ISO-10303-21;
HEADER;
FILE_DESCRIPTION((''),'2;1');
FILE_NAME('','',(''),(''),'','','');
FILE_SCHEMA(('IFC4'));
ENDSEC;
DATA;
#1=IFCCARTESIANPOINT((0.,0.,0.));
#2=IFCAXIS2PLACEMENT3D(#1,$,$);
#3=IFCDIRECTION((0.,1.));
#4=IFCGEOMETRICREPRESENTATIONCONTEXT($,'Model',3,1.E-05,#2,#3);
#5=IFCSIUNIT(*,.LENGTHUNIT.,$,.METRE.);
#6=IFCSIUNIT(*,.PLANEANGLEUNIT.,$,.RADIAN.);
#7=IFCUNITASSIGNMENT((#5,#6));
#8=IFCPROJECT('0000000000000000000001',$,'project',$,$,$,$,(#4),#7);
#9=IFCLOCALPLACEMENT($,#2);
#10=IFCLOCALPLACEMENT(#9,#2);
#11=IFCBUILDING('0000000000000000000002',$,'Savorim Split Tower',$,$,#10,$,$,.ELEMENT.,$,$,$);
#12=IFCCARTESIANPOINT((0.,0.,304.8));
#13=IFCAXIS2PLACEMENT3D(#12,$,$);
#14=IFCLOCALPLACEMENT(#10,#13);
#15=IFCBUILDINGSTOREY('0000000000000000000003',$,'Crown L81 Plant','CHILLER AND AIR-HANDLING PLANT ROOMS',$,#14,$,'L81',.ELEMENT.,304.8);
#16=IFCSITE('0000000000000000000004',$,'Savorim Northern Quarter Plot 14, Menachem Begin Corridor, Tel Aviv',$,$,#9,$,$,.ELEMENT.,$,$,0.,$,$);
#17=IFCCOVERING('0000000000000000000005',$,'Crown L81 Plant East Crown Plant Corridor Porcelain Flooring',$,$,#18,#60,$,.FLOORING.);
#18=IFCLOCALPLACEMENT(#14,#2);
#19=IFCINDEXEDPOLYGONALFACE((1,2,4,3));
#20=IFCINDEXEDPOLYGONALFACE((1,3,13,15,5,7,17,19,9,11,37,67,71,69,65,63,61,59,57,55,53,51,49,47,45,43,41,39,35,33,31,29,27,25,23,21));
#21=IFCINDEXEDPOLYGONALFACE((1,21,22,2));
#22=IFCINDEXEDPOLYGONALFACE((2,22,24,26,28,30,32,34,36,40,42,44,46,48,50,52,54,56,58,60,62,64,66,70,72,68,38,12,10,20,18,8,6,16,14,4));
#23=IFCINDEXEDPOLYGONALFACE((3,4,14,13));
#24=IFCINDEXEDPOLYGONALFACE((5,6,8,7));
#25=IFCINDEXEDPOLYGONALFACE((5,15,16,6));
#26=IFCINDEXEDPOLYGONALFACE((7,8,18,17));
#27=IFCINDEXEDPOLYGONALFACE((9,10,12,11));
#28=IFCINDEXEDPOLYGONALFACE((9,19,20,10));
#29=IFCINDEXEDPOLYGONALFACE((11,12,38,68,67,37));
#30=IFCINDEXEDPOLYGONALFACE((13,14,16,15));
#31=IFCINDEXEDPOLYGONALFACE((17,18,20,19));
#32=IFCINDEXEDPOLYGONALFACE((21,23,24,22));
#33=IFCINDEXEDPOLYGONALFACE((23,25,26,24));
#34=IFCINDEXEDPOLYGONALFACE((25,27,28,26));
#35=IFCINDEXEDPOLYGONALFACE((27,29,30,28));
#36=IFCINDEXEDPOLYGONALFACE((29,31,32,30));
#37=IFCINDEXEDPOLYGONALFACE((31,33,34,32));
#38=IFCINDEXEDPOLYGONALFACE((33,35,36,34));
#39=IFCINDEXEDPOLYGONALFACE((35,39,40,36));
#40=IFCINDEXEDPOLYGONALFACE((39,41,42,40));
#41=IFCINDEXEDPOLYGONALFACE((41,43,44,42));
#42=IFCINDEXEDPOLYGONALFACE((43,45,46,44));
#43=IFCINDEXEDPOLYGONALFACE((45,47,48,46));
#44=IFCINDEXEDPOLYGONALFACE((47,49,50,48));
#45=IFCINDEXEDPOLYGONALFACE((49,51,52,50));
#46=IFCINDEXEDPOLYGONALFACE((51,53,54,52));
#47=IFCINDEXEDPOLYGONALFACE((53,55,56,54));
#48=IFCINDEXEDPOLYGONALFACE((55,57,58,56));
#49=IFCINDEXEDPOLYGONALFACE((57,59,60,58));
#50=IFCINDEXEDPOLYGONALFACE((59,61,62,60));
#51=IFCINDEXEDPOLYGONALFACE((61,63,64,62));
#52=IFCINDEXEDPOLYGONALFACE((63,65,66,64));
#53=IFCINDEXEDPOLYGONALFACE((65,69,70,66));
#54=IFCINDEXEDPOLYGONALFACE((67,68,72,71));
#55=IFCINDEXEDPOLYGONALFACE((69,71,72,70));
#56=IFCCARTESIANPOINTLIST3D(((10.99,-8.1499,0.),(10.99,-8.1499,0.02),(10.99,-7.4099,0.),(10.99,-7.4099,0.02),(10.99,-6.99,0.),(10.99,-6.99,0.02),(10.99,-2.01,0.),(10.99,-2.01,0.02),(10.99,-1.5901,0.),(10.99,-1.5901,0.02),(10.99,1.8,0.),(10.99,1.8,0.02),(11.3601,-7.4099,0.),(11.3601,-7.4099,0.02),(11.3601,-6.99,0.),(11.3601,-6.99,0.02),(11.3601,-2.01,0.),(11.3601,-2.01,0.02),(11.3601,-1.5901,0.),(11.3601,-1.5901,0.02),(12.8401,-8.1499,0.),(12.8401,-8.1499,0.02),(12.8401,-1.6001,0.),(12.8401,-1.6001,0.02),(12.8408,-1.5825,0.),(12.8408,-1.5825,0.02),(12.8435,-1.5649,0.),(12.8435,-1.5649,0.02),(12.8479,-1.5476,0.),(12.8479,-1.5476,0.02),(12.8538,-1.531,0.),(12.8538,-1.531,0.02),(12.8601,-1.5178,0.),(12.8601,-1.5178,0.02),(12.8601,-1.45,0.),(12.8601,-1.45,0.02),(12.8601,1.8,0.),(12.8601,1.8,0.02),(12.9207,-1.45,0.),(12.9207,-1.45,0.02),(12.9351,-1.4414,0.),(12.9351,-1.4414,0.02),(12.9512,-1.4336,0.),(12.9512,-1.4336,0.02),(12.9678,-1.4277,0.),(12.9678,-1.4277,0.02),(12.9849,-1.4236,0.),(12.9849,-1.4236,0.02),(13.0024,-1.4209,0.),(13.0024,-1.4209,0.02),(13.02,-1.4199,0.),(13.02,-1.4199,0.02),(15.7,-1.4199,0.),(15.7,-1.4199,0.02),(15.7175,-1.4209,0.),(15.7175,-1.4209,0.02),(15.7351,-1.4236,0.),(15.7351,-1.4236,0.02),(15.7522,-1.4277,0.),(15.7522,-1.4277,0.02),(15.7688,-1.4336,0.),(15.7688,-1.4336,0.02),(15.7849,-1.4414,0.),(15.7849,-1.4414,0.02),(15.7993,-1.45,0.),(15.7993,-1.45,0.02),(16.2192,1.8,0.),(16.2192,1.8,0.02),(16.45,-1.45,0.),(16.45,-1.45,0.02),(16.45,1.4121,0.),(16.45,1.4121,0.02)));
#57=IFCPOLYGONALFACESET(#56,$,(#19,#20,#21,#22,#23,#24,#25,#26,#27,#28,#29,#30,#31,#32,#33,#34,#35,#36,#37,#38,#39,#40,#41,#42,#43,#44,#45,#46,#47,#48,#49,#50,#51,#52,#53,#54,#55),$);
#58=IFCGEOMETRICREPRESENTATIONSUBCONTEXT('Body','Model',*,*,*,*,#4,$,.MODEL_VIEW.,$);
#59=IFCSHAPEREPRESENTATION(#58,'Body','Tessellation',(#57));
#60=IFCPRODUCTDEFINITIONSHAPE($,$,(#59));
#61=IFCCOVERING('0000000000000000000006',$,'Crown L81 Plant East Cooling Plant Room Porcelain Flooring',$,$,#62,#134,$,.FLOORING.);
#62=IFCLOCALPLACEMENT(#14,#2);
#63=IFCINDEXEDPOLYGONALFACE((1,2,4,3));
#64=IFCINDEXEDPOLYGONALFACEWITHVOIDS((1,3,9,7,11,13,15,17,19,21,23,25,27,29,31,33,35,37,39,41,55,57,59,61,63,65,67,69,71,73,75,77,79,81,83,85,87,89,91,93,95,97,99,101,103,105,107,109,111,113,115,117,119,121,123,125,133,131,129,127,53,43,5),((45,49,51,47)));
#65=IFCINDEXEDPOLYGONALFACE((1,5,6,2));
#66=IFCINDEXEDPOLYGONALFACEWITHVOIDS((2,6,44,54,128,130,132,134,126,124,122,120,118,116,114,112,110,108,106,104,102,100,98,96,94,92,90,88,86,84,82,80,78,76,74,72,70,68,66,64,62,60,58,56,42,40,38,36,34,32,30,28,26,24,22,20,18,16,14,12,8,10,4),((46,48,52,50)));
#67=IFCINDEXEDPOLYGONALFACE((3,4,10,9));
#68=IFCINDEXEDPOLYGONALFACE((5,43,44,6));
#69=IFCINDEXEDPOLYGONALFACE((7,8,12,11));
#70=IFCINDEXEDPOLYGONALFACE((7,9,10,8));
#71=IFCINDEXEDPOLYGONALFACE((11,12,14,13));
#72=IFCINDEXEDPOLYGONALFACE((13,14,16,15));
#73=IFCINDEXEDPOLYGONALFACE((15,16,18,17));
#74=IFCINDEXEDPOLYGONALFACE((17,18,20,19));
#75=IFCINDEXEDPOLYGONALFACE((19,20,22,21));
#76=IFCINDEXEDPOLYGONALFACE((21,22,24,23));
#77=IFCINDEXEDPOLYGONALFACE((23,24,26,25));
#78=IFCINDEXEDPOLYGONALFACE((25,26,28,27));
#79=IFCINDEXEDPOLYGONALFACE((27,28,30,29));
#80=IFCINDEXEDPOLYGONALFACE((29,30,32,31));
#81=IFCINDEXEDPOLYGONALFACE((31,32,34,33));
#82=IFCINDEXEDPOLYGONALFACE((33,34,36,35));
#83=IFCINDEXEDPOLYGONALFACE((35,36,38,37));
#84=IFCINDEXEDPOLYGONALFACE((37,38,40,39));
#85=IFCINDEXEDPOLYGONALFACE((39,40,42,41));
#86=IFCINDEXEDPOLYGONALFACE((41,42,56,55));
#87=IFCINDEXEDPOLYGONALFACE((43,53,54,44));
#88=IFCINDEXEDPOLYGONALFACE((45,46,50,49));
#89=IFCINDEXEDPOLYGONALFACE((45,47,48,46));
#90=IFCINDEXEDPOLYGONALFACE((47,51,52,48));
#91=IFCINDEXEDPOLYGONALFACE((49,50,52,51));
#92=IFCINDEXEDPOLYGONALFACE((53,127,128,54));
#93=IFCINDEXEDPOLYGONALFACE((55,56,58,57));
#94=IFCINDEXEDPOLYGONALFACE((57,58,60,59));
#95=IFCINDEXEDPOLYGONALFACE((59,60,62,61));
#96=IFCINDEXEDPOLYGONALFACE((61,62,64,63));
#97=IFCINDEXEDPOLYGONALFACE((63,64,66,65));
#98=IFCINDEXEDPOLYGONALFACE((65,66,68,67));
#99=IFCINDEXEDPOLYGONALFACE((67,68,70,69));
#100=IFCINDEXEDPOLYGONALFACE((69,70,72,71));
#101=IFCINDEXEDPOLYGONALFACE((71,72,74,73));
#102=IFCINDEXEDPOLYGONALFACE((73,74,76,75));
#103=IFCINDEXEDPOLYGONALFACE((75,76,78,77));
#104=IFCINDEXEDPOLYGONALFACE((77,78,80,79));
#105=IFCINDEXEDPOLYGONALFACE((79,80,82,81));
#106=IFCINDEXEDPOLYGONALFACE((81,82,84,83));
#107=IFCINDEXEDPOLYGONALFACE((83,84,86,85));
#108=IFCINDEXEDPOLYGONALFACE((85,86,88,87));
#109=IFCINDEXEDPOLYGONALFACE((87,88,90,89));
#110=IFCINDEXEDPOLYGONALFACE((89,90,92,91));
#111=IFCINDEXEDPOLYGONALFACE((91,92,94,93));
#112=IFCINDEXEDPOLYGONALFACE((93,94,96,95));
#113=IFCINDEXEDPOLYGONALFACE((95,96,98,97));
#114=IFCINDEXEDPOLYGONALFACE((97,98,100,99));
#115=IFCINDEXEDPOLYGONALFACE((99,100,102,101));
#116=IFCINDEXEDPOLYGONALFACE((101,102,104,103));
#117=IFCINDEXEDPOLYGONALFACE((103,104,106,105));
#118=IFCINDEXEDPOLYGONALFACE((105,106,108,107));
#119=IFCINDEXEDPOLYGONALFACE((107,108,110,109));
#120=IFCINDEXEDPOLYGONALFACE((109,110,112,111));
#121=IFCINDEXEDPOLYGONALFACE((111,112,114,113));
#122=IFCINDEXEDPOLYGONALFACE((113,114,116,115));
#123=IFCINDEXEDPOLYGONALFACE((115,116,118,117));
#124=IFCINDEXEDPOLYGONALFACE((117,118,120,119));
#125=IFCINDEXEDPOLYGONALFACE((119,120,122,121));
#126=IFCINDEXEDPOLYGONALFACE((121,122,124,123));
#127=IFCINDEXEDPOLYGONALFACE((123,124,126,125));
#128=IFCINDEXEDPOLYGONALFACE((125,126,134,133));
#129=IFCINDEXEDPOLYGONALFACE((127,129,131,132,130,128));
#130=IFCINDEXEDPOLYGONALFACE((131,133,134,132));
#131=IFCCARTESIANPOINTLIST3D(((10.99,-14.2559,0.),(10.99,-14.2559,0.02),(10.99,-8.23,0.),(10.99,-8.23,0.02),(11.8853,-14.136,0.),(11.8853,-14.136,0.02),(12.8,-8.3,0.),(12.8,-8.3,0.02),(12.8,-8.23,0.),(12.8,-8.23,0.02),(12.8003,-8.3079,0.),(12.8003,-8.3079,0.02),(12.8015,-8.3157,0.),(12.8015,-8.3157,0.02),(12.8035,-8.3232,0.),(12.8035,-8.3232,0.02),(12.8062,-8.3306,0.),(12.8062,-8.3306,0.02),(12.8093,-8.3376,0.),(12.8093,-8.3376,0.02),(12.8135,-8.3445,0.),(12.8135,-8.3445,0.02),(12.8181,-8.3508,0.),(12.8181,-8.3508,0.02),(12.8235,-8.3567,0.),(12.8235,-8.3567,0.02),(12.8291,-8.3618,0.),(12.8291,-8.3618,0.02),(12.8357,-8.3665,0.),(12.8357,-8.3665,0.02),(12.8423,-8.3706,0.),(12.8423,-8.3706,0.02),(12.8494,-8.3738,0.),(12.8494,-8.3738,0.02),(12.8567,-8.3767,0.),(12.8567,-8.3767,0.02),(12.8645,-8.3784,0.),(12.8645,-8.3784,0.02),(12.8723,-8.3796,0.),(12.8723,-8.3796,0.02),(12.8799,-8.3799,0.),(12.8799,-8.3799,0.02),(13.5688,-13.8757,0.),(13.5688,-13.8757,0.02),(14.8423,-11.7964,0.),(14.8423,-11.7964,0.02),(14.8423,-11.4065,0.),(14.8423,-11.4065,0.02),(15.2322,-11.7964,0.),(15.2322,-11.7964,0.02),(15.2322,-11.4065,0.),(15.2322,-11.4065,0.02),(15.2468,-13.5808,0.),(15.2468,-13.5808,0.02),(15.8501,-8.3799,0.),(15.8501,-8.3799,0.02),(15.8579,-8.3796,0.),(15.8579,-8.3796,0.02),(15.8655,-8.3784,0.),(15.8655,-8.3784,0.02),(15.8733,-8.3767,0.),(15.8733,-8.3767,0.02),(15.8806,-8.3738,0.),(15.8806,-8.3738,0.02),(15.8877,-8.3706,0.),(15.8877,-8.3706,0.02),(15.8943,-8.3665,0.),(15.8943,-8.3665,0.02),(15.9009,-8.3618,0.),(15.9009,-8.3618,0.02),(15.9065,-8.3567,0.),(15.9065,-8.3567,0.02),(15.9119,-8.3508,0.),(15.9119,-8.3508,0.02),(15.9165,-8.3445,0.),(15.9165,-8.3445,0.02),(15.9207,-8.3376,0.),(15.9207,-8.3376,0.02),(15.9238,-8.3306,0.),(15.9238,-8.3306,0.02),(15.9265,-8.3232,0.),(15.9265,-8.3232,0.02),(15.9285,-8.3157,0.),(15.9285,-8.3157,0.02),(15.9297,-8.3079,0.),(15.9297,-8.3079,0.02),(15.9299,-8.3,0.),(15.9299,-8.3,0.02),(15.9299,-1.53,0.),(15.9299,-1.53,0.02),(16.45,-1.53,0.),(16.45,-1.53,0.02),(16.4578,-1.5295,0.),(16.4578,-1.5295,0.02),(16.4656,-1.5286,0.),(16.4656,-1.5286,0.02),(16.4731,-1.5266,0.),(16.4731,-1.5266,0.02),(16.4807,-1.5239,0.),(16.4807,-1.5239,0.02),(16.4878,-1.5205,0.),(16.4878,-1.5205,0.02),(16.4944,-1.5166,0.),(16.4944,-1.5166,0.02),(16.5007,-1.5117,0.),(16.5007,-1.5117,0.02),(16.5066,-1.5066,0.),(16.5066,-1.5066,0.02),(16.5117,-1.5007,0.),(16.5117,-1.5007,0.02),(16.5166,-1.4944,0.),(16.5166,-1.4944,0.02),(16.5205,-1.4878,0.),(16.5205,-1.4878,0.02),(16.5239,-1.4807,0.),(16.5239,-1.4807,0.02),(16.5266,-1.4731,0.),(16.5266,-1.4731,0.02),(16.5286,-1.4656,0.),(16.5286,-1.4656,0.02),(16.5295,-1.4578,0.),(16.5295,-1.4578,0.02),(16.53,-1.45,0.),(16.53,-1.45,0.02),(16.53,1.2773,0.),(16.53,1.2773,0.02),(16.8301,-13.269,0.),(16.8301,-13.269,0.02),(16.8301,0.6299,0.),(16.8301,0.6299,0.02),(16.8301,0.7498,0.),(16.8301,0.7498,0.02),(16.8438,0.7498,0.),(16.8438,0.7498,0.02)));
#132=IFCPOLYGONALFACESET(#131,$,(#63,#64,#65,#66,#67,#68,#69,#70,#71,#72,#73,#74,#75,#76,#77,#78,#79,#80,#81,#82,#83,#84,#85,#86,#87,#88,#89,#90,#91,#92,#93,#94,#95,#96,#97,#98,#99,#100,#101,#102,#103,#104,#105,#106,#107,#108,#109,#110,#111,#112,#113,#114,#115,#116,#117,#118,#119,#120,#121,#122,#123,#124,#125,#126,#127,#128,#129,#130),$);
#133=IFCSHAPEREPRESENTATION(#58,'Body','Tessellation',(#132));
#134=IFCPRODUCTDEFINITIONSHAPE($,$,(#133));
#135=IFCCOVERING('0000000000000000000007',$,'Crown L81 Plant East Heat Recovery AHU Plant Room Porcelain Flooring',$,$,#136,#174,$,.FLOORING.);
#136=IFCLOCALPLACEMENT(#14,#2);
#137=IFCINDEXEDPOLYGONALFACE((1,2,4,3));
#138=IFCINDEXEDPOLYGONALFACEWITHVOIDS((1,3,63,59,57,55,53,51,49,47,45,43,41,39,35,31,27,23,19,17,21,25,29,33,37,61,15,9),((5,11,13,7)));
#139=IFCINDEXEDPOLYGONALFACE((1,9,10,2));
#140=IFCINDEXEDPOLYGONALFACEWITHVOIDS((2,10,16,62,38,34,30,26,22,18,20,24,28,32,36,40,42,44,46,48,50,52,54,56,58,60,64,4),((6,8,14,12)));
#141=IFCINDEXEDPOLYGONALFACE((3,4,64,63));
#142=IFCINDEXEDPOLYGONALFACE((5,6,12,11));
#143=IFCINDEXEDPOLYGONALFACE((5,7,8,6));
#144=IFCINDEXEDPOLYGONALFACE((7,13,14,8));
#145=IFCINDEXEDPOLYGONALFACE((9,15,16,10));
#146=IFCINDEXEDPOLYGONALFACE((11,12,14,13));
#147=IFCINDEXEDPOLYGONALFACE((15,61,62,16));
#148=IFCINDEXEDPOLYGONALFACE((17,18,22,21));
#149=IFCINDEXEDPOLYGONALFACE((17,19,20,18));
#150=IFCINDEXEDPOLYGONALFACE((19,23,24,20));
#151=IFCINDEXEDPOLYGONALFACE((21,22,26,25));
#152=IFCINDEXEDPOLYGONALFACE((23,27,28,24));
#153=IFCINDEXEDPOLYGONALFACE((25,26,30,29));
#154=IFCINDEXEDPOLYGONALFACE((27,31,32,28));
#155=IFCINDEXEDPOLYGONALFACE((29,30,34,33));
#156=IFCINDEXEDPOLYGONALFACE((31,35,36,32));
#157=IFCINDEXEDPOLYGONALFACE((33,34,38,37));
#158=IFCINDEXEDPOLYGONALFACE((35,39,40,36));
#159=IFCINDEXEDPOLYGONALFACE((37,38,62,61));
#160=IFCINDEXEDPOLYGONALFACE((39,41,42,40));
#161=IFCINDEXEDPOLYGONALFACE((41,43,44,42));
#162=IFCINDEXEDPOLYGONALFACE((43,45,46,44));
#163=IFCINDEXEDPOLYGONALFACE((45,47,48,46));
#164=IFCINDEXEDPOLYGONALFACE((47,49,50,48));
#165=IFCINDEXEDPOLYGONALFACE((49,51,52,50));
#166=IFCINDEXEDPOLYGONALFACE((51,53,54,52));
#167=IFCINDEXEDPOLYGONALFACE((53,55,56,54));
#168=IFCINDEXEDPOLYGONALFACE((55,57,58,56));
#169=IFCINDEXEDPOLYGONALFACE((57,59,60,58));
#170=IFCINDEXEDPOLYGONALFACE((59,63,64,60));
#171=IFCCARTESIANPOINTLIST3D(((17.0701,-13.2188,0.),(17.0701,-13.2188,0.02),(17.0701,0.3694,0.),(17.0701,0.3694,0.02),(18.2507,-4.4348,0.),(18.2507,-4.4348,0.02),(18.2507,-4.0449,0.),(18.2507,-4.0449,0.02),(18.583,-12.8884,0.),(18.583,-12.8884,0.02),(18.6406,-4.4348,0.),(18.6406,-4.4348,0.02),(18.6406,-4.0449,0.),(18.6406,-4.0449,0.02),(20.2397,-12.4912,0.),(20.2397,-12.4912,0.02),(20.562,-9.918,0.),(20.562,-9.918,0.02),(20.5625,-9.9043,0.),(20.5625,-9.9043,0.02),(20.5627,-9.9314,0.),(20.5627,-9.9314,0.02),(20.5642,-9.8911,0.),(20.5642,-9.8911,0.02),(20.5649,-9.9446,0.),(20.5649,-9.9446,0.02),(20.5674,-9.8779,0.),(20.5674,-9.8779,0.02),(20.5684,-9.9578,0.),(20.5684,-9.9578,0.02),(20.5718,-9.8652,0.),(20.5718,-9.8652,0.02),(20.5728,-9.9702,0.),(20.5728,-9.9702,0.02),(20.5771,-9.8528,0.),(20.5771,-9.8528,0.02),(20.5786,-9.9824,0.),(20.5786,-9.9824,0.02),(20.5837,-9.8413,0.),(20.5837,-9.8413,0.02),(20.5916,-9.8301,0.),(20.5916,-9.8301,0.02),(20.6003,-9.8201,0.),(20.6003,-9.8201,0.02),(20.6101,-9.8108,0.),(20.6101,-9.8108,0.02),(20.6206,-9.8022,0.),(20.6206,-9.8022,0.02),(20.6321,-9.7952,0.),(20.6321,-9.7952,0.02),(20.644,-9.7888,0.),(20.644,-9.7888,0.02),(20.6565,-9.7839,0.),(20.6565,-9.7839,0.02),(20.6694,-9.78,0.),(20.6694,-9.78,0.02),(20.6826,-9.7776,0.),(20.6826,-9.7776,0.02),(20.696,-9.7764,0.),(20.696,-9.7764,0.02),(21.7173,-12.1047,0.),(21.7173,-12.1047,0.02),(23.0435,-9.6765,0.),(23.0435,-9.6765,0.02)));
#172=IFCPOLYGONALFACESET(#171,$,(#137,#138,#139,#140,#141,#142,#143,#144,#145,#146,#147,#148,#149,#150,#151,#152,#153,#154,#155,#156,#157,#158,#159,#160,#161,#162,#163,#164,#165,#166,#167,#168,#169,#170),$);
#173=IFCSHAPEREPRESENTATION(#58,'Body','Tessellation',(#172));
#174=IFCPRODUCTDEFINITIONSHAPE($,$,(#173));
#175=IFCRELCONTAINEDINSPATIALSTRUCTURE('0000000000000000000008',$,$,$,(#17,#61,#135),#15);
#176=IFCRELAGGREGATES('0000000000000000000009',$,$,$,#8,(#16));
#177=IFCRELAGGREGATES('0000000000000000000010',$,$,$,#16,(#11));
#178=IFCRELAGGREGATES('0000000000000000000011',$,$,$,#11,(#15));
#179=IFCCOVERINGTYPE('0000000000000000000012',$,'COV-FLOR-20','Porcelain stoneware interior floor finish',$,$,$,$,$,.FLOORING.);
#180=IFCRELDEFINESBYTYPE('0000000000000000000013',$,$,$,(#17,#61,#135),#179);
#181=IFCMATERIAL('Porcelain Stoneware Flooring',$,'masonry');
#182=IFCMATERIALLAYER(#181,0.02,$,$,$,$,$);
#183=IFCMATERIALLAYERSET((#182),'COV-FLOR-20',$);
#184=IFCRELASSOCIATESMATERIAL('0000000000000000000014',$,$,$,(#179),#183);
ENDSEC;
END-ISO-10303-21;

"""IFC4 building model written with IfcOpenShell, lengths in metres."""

from ifc_helpers import new_model, si_unit, direction, frame, origin, place, context, subcontext, project, spatial, polyline, outline, extrude, material, layer, layer_set, type_object, element, save


model = new_model("IFC4")

# Units and contexts
model_context = context("Model", 3, precision=1e-05, world=origin(), true_north=direction((0.0, 1.0)))
body_context = subcontext(model_context, "Body", "Model", "MODEL_VIEW")
ifc_project = project(units=[si_unit("LENGTHUNIT", "METRE"), si_unit("PLANEANGLEUNIT", "RADIAN")], contexts=[model_context])

# Site, building, storey
site_placement = place(None, origin())
site = spatial("IfcSite", under=ifc_project, at=site_placement, Name="Savorim Northern Quarter Plot 14, Menachem Begin Corridor, Tel Aviv", CompositionType="ELEMENT", RefElevation=0.0)
building_placement = place(site_placement, origin())
building = spatial("IfcBuilding", under=site, at=building_placement, Name="Savorim Split Tower", CompositionType="ELEMENT")
storey_placement = place(building_placement, frame((0.0, 0.0, 304.8)))
storey = spatial("IfcBuildingStorey", under=building, at=storey_placement, Name="Crown L81 Plant", Description="CHILLER AND AIR-HANDLING PLANT ROOMS", LongName="L81", CompositionType="ELEMENT", Elevation=304.8)

# Coverings
ifc_material_1 = material(Name="Porcelain Stoneware Flooring", Category="masonry")
ifc_layer_1 = layer(ifc_material_1, 0.02)
ifc_layer_set_1 = layer_set([ifc_layer_1], Name="COV-FLOR-20")
covering_type_1 = type_object("IfcCoveringType", Name="COV-FLOR-20", Description="Porcelain stoneware interior floor finish", PredefinedType="FLOORING", material=ifc_layer_set_1)
covering_1_placement = place(storey_placement, origin())
element("IfcCovering", 1, at=covering_1_placement, inside=storey, type_object=covering_type_1, Name="Crown L81 Plant East Crown Plant Corridor Porcelain Flooring", PredefinedType="FLOORING", context=body_context, shape_type="SweptSolid", body=[
    extrude(outline(polyline([(16.2192, 1.8), (12.8601, 1.8), (10.99, 1.8), (10.99, -1.5901), (11.3601, -1.5901), (11.3601, -2.01), (10.99, -2.01), (10.99, -6.99), (11.3601, -6.99), (11.3601, -7.4099), (10.99, -7.4099), (10.99, -8.1499), (12.8401, -8.1499), (12.8401, -1.6001), (12.8408, -1.5825), (12.8435, -1.5649), (12.8479, -1.5476), (12.8538, -1.531), (12.8601, -1.5178), (12.8601, -1.45), (12.9207, -1.45), (12.9351, -1.4414), (12.9512, -1.4336), (12.9678, -1.4277), (12.9849, -1.4236), (13.0024, -1.4209), (13.02, -1.4199), (15.7, -1.4199), (15.7175, -1.4209), (15.7351, -1.4236), (15.7522, -1.4277), (15.7688, -1.4336), (15.7849, -1.4414), (15.7993, -1.45), (16.45, -1.45), (16.45, 1.4121), (16.2192, 1.8)])), origin(), (0.0, 0.0, 1.0), 0.02),
])
covering_2_placement = place(storey_placement, origin())
element("IfcCovering", 2, at=covering_2_placement, inside=storey, type_object=covering_type_1, Name="Crown L81 Plant East Cooling Plant Room Porcelain Flooring", PredefinedType="FLOORING", context=body_context, shape_type="SweptSolid", body=[
    extrude(outline(polyline([(11.8853, -14.136), (13.5688, -13.8757), (15.2468, -13.5808), (16.8301, -13.269), (16.8301, 0.6299), (16.8301, 0.7498), (16.8438, 0.7498), (16.53, 1.2773), (16.53, -1.45), (16.5295, -1.4578), (16.5286, -1.4656), (16.5266, -1.4731), (16.5239, -1.4807), (16.5205, -1.4878), (16.5166, -1.4944), (16.5117, -1.5007), (16.5066, -1.5066), (16.5007, -1.5117), (16.4944, -1.5166), (16.4878, -1.5205), (16.4807, -1.5239), (16.4731, -1.5266), (16.4656, -1.5286), (16.4578, -1.5295), (16.45, -1.53), (15.9299, -1.53), (15.9299, -8.3), (15.9297, -8.3079), (15.9285, -8.3157), (15.9265, -8.3232), (15.9238, -8.3306), (15.9207, -8.3376), (15.9165, -8.3445), (15.9119, -8.3508), (15.9065, -8.3567), (15.9009, -8.3618), (15.8943, -8.3665), (15.8877, -8.3706), (15.8806, -8.3738), (15.8733, -8.3767), (15.8655, -8.3784), (15.8579, -8.3796), (15.8501, -8.3799), (12.8799, -8.3799), (12.8723, -8.3796), (12.8645, -8.3784), (12.8567, -8.3767), (12.8494, -8.3738), (12.8423, -8.3706), (12.8357, -8.3665), (12.8291, -8.3618), (12.8235, -8.3567), (12.8181, -8.3508), (12.8135, -8.3445), (12.8093, -8.3376), (12.8062, -8.3306), (12.8035, -8.3232), (12.8015, -8.3157), (12.8003, -8.3079), (12.8, -8.3), (12.8, -8.23), (10.99, -8.23), (10.99, -14.2559), (11.8853, -14.136)]), holes=[polyline([(14.8423, -11.4065), (14.8423, -11.7964), (15.2322, -11.7964), (15.2322, -11.4065), (14.8423, -11.4065)])]), origin(), (0.0, 0.0, 1.0), 0.02),
])
covering_3_placement = place(storey_placement, origin())
element("IfcCovering", 3, at=covering_3_placement, inside=storey, type_object=covering_type_1, Name="Crown L81 Plant East Heat Recovery AHU Plant Room Porcelain Flooring", PredefinedType="FLOORING", context=body_context, shape_type="SweptSolid", body=[
    extrude(outline(polyline([(20.6565, -9.7839), (20.6694, -9.78), (20.6826, -9.7776), (20.696, -9.7764), (23.0435, -9.6765), (17.0701, 0.3694), (17.0701, -13.2188), (18.583, -12.8884), (20.2397, -12.4912), (21.7173, -12.1047), (20.5786, -9.9824), (20.5728, -9.9702), (20.5684, -9.9578), (20.5649, -9.9446), (20.5627, -9.9314), (20.562, -9.918), (20.5625, -9.9043), (20.5642, -9.8911), (20.5674, -9.8779), (20.5718, -9.8652), (20.5771, -9.8528), (20.5837, -9.8413), (20.5916, -9.8301), (20.6003, -9.8201), (20.6101, -9.8108), (20.6206, -9.8022), (20.6321, -9.7952), (20.644, -9.7888), (20.6565, -9.7839)]), holes=[polyline([(18.2507, -4.0449), (18.2507, -4.4348), (18.6406, -4.4348), (18.6406, -4.0449), (18.2507, -4.0449)])]), origin(), (0.0, 0.0, 1.0), 0.02),
])

save(model, "model.ifc")
